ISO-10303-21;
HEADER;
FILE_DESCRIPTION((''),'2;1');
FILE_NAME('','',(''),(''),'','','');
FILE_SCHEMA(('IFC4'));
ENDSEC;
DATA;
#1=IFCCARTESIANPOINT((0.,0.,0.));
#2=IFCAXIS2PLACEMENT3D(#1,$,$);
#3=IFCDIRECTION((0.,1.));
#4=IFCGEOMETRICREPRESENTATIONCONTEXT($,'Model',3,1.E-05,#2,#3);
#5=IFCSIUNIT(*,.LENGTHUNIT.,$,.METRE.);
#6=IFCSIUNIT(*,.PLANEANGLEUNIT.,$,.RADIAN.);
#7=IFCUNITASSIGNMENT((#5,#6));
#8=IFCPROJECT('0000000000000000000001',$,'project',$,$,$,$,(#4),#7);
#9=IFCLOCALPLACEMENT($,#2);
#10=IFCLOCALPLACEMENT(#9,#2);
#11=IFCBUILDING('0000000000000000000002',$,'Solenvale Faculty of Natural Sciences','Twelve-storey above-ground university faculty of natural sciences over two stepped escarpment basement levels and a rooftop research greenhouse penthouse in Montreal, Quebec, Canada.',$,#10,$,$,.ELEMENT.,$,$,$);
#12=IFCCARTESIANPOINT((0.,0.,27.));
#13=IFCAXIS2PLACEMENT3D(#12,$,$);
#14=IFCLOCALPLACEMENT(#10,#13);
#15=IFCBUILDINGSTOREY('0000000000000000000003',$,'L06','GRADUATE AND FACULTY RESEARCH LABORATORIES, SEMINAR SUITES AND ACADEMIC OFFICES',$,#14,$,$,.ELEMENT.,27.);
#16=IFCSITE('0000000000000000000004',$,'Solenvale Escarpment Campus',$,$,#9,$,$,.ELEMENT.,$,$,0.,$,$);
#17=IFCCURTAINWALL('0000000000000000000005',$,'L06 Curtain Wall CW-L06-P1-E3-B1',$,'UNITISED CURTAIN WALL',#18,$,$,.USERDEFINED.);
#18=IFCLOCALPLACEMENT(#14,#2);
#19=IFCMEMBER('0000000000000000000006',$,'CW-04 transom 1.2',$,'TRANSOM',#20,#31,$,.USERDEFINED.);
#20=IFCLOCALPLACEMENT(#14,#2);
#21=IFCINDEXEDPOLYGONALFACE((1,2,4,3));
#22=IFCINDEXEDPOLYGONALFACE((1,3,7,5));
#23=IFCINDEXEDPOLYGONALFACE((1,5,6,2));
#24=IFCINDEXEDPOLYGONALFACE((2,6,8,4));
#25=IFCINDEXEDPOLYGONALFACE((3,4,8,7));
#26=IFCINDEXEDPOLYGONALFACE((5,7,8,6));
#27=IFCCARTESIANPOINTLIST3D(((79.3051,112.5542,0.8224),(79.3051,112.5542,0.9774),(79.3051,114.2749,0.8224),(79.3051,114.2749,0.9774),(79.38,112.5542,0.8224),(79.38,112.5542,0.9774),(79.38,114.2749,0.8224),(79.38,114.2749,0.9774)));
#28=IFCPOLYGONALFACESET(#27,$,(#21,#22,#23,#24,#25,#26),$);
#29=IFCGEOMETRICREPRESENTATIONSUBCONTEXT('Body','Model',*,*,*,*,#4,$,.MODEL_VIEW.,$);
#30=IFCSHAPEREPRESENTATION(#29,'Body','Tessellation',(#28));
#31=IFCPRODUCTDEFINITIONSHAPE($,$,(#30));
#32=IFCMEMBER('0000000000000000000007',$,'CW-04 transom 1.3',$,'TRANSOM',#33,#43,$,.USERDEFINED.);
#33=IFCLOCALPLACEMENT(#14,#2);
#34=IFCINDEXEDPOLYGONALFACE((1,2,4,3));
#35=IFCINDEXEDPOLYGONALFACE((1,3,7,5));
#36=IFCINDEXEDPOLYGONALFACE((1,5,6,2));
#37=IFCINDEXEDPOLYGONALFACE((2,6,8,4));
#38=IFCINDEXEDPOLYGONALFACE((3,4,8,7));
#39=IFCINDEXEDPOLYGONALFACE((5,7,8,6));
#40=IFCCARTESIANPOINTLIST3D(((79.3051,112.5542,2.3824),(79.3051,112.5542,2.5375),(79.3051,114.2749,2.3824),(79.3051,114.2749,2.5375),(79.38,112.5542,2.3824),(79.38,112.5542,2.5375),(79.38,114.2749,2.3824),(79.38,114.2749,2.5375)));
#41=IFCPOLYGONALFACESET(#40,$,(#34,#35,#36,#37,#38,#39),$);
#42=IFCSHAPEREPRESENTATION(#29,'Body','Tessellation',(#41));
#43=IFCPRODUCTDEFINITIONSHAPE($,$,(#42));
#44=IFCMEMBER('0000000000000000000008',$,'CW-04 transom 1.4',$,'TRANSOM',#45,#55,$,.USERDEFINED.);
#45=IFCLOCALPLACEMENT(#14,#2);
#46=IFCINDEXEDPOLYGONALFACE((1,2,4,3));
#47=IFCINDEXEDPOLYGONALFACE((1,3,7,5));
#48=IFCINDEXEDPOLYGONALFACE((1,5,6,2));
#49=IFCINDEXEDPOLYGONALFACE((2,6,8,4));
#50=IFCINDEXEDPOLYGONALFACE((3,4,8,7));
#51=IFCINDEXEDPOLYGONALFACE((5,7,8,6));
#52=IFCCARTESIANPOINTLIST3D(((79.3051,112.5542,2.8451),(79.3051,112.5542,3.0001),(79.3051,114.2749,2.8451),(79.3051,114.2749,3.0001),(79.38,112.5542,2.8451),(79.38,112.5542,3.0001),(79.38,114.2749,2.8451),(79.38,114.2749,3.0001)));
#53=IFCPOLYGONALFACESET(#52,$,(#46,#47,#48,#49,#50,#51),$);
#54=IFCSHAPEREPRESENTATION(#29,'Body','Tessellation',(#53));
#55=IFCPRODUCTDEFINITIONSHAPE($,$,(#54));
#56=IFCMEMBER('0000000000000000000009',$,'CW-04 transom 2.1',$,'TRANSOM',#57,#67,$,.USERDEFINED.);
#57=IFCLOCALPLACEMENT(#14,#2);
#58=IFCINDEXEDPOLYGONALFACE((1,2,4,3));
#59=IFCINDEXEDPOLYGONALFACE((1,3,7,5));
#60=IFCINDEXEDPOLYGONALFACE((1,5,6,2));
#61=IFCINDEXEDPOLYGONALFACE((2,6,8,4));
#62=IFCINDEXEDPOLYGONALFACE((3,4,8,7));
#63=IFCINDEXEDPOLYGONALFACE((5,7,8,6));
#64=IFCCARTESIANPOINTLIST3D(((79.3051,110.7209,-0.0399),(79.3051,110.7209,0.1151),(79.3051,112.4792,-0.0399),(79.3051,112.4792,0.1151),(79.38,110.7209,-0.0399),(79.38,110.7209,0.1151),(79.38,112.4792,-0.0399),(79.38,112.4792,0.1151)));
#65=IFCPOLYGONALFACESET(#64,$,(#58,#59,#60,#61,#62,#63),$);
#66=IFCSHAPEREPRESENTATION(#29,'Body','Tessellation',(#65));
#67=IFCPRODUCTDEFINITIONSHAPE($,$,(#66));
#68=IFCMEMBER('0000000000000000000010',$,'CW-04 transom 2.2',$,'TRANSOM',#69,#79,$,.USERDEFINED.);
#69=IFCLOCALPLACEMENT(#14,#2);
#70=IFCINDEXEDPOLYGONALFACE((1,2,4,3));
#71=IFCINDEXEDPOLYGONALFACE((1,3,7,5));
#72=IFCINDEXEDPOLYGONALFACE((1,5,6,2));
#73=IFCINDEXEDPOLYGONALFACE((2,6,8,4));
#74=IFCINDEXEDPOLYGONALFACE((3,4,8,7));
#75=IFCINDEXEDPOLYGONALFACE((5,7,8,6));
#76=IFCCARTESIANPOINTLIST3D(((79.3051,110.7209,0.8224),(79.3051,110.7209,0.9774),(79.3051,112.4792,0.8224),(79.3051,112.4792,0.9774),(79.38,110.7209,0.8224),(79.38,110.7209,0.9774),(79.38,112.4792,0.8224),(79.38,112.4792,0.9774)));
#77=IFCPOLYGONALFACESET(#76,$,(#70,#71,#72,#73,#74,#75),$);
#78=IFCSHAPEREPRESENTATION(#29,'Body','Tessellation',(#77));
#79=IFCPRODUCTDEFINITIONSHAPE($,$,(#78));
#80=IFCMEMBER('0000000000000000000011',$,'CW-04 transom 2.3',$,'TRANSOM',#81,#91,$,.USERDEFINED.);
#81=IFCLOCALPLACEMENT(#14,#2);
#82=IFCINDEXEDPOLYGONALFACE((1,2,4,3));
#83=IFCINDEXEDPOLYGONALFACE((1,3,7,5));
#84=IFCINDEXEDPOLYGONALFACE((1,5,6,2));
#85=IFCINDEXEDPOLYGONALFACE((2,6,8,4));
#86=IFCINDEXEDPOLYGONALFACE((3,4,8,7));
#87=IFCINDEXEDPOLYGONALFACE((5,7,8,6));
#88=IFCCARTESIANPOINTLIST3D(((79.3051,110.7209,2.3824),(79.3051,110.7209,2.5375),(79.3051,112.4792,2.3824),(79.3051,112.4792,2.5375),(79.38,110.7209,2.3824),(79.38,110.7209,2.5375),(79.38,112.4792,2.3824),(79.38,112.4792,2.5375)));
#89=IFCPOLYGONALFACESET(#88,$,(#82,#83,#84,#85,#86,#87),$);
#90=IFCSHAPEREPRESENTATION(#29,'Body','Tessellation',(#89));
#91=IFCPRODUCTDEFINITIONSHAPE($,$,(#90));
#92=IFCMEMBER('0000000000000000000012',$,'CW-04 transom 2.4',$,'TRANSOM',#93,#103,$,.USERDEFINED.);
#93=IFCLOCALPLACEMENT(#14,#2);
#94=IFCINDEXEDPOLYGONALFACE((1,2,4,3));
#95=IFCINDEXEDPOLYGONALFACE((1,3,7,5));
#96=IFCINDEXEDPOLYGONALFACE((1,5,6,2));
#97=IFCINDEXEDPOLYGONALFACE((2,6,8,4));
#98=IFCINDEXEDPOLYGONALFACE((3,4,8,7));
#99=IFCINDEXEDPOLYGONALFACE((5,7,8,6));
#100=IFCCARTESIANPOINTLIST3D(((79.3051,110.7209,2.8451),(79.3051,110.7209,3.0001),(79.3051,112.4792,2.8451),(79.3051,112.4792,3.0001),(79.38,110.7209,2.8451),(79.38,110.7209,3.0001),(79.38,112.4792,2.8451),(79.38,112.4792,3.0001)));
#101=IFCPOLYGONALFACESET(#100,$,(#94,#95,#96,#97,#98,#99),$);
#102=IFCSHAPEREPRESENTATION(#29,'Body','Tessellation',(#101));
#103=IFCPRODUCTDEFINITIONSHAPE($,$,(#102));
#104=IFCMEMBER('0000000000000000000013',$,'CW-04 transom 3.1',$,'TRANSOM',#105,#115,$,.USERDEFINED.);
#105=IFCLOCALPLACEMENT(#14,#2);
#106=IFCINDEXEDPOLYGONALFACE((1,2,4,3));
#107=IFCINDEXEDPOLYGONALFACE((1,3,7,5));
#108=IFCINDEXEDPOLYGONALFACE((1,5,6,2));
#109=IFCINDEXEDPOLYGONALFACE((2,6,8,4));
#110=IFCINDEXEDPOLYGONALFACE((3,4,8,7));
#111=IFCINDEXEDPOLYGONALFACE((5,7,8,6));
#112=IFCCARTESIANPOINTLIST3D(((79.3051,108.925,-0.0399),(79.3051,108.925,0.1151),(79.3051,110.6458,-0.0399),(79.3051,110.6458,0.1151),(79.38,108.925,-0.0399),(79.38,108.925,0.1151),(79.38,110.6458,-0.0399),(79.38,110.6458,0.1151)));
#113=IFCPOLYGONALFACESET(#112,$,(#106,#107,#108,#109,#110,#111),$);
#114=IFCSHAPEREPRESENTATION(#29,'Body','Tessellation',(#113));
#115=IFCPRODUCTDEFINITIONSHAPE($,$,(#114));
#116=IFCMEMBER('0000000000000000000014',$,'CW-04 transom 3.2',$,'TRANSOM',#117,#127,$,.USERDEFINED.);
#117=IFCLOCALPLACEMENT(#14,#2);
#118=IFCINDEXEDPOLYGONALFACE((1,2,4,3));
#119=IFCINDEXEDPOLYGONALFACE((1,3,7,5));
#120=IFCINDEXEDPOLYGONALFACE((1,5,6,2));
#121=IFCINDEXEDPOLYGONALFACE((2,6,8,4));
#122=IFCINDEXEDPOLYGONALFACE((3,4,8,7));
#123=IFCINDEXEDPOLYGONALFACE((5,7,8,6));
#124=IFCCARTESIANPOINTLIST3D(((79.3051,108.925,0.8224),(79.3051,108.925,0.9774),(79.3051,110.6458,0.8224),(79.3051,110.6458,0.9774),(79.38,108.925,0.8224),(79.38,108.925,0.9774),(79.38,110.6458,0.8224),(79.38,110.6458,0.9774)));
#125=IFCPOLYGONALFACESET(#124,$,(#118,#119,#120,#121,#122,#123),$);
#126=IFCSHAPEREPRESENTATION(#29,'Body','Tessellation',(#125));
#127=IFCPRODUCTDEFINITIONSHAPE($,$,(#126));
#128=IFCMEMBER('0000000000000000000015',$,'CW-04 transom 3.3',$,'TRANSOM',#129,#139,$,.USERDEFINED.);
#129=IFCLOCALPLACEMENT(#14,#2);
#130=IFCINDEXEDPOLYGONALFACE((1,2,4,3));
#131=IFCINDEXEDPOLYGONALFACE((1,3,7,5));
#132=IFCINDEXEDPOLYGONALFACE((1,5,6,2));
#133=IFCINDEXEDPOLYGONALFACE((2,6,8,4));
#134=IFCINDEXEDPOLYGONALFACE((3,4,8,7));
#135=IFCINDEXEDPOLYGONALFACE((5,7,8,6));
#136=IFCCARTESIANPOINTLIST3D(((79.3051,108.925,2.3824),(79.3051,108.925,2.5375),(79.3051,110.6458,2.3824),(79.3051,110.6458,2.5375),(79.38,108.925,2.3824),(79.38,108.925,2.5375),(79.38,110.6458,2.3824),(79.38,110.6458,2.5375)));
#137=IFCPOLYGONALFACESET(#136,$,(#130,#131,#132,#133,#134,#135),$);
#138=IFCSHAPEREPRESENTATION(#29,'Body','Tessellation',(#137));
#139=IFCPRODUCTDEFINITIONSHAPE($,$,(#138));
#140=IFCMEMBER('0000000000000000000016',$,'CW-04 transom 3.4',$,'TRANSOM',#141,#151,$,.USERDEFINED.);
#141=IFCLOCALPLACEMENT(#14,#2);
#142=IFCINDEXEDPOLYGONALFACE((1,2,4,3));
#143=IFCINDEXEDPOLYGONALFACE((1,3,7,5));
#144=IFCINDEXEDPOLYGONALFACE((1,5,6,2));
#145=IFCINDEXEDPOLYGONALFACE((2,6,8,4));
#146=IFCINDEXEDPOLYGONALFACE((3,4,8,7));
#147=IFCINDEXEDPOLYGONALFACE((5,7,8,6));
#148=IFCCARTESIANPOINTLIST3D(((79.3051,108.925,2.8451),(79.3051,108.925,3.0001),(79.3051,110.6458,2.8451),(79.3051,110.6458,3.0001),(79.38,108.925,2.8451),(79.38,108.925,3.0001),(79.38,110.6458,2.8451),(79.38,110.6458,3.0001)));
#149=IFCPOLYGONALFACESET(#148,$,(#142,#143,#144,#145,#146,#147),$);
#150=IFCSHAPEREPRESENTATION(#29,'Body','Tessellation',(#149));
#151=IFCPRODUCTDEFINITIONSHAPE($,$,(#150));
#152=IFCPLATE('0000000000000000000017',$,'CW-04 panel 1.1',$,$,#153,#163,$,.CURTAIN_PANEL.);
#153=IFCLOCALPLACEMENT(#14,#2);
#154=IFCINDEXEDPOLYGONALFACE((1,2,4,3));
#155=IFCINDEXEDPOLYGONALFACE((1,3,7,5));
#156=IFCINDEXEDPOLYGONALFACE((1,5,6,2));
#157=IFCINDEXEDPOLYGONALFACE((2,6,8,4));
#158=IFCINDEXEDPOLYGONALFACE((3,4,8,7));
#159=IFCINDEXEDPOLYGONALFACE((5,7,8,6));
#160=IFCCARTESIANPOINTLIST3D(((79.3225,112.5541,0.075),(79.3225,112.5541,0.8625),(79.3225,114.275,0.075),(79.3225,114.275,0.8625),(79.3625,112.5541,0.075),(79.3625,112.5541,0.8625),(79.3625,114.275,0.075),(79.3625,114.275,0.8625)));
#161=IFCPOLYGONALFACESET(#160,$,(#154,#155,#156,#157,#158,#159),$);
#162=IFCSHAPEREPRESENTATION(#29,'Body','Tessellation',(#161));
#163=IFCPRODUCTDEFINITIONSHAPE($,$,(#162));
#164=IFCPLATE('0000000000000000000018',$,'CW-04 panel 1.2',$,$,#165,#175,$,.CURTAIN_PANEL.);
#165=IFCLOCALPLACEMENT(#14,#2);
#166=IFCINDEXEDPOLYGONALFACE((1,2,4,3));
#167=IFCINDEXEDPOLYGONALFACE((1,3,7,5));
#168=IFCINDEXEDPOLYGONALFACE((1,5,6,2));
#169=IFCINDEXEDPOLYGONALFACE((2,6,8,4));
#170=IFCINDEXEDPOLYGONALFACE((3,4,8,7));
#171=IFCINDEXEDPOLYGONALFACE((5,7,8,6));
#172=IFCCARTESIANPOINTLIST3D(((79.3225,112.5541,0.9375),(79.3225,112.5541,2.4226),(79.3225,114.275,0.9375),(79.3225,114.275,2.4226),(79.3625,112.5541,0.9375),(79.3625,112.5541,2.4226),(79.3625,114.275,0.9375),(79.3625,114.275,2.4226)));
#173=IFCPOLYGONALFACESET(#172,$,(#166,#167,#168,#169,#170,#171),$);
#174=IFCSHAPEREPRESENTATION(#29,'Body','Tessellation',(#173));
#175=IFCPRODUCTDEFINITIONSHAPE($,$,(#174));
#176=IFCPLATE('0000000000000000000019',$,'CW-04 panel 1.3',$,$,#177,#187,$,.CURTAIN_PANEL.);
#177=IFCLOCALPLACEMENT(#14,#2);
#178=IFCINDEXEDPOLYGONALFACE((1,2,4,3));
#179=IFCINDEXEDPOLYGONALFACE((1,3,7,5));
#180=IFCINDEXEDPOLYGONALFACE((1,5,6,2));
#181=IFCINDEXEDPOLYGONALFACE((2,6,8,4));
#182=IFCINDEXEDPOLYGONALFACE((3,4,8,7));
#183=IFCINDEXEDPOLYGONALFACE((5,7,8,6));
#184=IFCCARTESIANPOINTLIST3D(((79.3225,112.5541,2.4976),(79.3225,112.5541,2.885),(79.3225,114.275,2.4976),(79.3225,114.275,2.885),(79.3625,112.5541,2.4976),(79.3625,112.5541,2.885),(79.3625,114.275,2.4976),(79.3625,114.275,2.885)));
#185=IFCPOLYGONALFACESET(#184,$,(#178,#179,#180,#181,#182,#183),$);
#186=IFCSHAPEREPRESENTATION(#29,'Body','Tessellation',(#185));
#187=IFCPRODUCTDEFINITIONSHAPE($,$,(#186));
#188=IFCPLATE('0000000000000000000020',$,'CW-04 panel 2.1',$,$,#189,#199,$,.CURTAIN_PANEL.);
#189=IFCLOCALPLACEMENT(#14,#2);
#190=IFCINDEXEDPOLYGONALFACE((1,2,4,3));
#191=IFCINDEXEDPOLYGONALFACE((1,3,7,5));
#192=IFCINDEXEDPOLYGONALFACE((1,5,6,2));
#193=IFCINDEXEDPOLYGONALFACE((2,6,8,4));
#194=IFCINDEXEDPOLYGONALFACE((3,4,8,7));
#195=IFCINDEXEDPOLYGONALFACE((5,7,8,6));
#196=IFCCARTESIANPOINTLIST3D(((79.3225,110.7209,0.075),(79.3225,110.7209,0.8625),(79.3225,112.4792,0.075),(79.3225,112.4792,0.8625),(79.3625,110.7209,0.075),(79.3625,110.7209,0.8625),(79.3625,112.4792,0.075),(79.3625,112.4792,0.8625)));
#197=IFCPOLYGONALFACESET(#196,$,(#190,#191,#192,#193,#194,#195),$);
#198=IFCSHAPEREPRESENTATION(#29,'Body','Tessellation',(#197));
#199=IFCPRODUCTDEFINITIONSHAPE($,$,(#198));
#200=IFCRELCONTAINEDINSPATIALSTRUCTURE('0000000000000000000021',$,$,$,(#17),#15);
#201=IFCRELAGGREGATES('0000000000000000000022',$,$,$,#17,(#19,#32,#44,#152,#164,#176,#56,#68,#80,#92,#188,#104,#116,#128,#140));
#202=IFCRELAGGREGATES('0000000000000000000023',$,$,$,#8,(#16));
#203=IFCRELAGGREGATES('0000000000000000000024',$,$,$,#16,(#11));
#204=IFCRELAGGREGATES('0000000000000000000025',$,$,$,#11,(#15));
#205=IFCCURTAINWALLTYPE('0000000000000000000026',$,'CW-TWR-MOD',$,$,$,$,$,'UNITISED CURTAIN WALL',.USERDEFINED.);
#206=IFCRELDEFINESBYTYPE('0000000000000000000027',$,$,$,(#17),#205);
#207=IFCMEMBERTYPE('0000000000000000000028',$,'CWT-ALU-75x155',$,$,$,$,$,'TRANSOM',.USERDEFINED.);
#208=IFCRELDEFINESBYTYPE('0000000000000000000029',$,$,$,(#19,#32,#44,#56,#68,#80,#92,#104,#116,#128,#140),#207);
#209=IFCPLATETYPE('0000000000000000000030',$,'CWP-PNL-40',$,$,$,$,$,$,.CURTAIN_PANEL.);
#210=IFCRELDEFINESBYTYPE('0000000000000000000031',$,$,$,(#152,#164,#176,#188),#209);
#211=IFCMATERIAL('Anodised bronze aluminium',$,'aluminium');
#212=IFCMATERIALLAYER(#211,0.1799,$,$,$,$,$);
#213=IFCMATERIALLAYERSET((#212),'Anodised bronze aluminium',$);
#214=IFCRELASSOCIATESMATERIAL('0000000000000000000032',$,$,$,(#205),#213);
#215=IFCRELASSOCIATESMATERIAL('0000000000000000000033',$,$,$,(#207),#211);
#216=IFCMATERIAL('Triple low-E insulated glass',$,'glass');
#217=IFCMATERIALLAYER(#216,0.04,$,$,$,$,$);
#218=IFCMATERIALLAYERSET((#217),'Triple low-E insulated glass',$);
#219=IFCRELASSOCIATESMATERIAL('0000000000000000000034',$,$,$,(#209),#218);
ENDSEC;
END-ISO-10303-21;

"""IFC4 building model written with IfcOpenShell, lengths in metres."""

from ifc_helpers import new_model, si_unit, direction, frame, origin, origin_2d, place, context, subcontext, project, spatial, rectangle, extrude, material, layer, layer_set, material_profile, profile_set, type_object, element, aggregate, save


model = new_model("IFC4")

# Units and contexts
model_context = context("Model", 3, precision=1e-05, world=origin(), true_north=direction((0.0, 1.0)))
body_context = subcontext(model_context, "Body", "Model", "MODEL_VIEW")
ifc_project = project(units=[si_unit("LENGTHUNIT", "METRE"), si_unit("PLANEANGLEUNIT", "RADIAN")], contexts=[model_context])

# Site, building, storey
site_placement = place(None, origin())
site = spatial("IfcSite", under=ifc_project, at=site_placement, Name="Solenvale Escarpment Campus", CompositionType="ELEMENT", RefElevation=0.0)
building_placement = place(site_placement, origin())
building = spatial("IfcBuilding", under=site, at=building_placement, Name="Solenvale Faculty of Natural Sciences", Description="Twelve-storey above-ground university faculty of natural sciences over two stepped escarpment basement levels and a rooftop research greenhouse penthouse in Montreal, Quebec, Canada.", CompositionType="ELEMENT")
storey_placement = place(building_placement, frame((0.0, 0.0, 27.0)))
storey = spatial("IfcBuildingStorey", under=building, at=storey_placement, Name="L06", Description="GRADUATE AND FACULTY RESEARCH LABORATORIES, SEMINAR SUITES AND ACADEMIC OFFICES", CompositionType="ELEMENT", Elevation=27.0)

# Curtain wall, members, plates
ifc_material_1 = material(Name="Anodised bronze aluminium", Category="aluminium")
ifc_layer_1 = layer(ifc_material_1, 0.1799)
ifc_layer_set_1 = layer_set([ifc_layer_1], Name="Anodised bronze aluminium")
curtain_wall_type = type_object("IfcCurtainWallType", Name="CW-TWR-MOD", ElementType="UNITISED CURTAIN WALL", PredefinedType="USERDEFINED", material=ifc_layer_set_1)
curtain_wall_placement = place(storey_placement, origin())
curtain_wall = element("IfcCurtainWall", 1, at=curtain_wall_placement, inside=storey, type_object=curtain_wall_type, Name="L06 Curtain Wall CW-L06-P1-E3-B1", ObjectType="UNITISED CURTAIN WALL", PredefinedType="USERDEFINED")
ifc_material_profile_1 = material_profile(ifc_material_1, rectangle(XDim=0.075, YDim=0.155, at=origin_2d()), Name="ALU-TRN-75x155")
ifc_profile_set_1 = profile_set([ifc_material_profile_1], Name="Anodised bronze aluminium")
member_type_1 = type_object("IfcMemberType", Name="CWT-ALU-75x155", ElementType="TRANSOM", PredefinedType="USERDEFINED", material=ifc_profile_set_1)
member_1_placement = place(storey_placement, frame((79.3425, 114.2749, 0.8999), z_axis=(0.0, -1.0, 0.0), x_axis=(1.0, 0.0, 0.0)))
member_1 = element("IfcMember", 2, at=member_1_placement, type_object=member_type_1, Name="CW-04 transom 1.2", ObjectType="TRANSOM", PredefinedType="USERDEFINED", context=body_context, shape_type="SweptSolid", body=[
    extrude(rectangle(XDim=0.075, YDim=0.155, at=origin_2d()), origin(), (0.0, 0.0, 1.0), 1.7207),
])
member_2_placement = place(storey_placement, frame((79.3425, 114.2749, 2.46), z_axis=(0.0, -1.0, 0.0), x_axis=(1.0, 0.0, 0.0)))
member_2 = element("IfcMember", 3, at=member_2_placement, type_object=member_type_1, Name="CW-04 transom 1.3", ObjectType="TRANSOM", PredefinedType="USERDEFINED", context=body_context, shape_type="SweptSolid", body=[
    extrude(rectangle(XDim=0.075, YDim=0.155, at=origin_2d()), origin(), (0.0, 0.0, 1.0), 1.7207),
])
member_3_placement = place(storey_placement, frame((79.3425, 114.2749, 2.9226), z_axis=(0.0, -1.0, 0.0), x_axis=(1.0, 0.0, 0.0)))
member_3 = element("IfcMember", 4, at=member_3_placement, type_object=member_type_1, Name="CW-04 transom 1.4", ObjectType="TRANSOM", PredefinedType="USERDEFINED", context=body_context, shape_type="SweptSolid", body=[
    extrude(rectangle(XDim=0.075, YDim=0.155, at=origin_2d()), origin(), (0.0, 0.0, 1.0), 1.7207),
])
member_4_placement = place(storey_placement, frame((79.3425, 112.4792, 0.0376), z_axis=(0.0, -1.0, 0.0), x_axis=(1.0, 0.0, 0.0)))
member_4 = element("IfcMember", 5, at=member_4_placement, type_object=member_type_1, Name="CW-04 transom 2.1", ObjectType="TRANSOM", PredefinedType="USERDEFINED", context=body_context, shape_type="SweptSolid", body=[
    extrude(rectangle(XDim=0.075, YDim=0.155, at=origin_2d()), origin(), (0.0, 0.0, 1.0), 1.7583),
])
member_5_placement = place(storey_placement, frame((79.3425, 112.4792, 0.8999), z_axis=(0.0, -1.0, 0.0), x_axis=(1.0, 0.0, 0.0)))
member_5 = element("IfcMember", 6, at=member_5_placement, type_object=member_type_1, Name="CW-04 transom 2.2", ObjectType="TRANSOM", PredefinedType="USERDEFINED", context=body_context, shape_type="SweptSolid", body=[
    extrude(rectangle(XDim=0.075, YDim=0.155, at=origin_2d()), origin(), (0.0, 0.0, 1.0), 1.7583),
])
member_6_placement = place(storey_placement, frame((79.3425, 112.4792, 2.46), z_axis=(0.0, -1.0, 0.0), x_axis=(1.0, 0.0, 0.0)))
member_6 = element("IfcMember", 7, at=member_6_placement, type_object=member_type_1, Name="CW-04 transom 2.3", ObjectType="TRANSOM", PredefinedType="USERDEFINED", context=body_context, shape_type="SweptSolid", body=[
    extrude(rectangle(XDim=0.075, YDim=0.155, at=origin_2d()), origin(), (0.0, 0.0, 1.0), 1.7583),
])
member_7_placement = place(storey_placement, frame((79.3425, 112.4792, 2.9226), z_axis=(0.0, -1.0, 0.0), x_axis=(1.0, 0.0, 0.0)))
member_7 = element("IfcMember", 8, at=member_7_placement, type_object=member_type_1, Name="CW-04 transom 2.4", ObjectType="TRANSOM", PredefinedType="USERDEFINED", context=body_context, shape_type="SweptSolid", body=[
    extrude(rectangle(XDim=0.075, YDim=0.155, at=origin_2d()), origin(), (0.0, 0.0, 1.0), 1.7583),
])
member_8_placement = place(storey_placement, frame((79.3425, 110.6458, 0.0376), z_axis=(0.0, -1.0, 0.0), x_axis=(1.0, 0.0, 0.0)))
member_8 = element("IfcMember", 9, at=member_8_placement, type_object=member_type_1, Name="CW-04 transom 3.1", ObjectType="TRANSOM", PredefinedType="USERDEFINED", context=body_context, shape_type="SweptSolid", body=[
    extrude(rectangle(XDim=0.075, YDim=0.155, at=origin_2d()), origin(), (0.0, 0.0, 1.0), 1.7207),
])
member_9_placement = place(storey_placement, frame((79.3425, 110.6458, 0.8999), z_axis=(0.0, -1.0, 0.0), x_axis=(1.0, 0.0, 0.0)))
member_9 = element("IfcMember", 10, at=member_9_placement, type_object=member_type_1, Name="CW-04 transom 3.2", ObjectType="TRANSOM", PredefinedType="USERDEFINED", context=body_context, shape_type="SweptSolid", body=[
    extrude(rectangle(XDim=0.075, YDim=0.155, at=origin_2d()), origin(), (0.0, 0.0, 1.0), 1.7207),
])
member_10_placement = place(storey_placement, frame((79.3425, 110.6458, 2.46), z_axis=(0.0, -1.0, 0.0), x_axis=(1.0, 0.0, 0.0)))
member_10 = element("IfcMember", 11, at=member_10_placement, type_object=member_type_1, Name="CW-04 transom 3.3", ObjectType="TRANSOM", PredefinedType="USERDEFINED", context=body_context, shape_type="SweptSolid", body=[
    extrude(rectangle(XDim=0.075, YDim=0.155, at=origin_2d()), origin(), (0.0, 0.0, 1.0), 1.7207),
])
member_11_placement = place(storey_placement, frame((79.3425, 110.6458, 2.9226), z_axis=(0.0, -1.0, 0.0), x_axis=(1.0, 0.0, 0.0)))
member_11 = element("IfcMember", 12, at=member_11_placement, type_object=member_type_1, Name="CW-04 transom 3.4", ObjectType="TRANSOM", PredefinedType="USERDEFINED", context=body_context, shape_type="SweptSolid", body=[
    extrude(rectangle(XDim=0.075, YDim=0.155, at=origin_2d()), origin(), (0.0, 0.0, 1.0), 1.7207),
])
ifc_material_2 = material(Name="Triple low-E insulated glass", Category="glass")
ifc_layer_2 = layer(ifc_material_2, 0.04)
ifc_layer_set_2 = layer_set([ifc_layer_2], Name="Triple low-E insulated glass")
plate_type = type_object("IfcPlateType", Name="CWP-PNL-40", PredefinedType="CURTAIN_PANEL", material=ifc_layer_set_2)
plate_1_placement = place(storey_placement, frame((79.3425, 113.4146, 0.075), z_axis=(0.0, 0.0, 1.0), x_axis=(0.0, -1.0, 0.0)))
plate_1 = element("IfcPlate", 13, at=plate_1_placement, type_object=plate_type, Name="CW-04 panel 1.1", PredefinedType="CURTAIN_PANEL", context=body_context, shape_type="SweptSolid", body=[
    extrude(rectangle(XDim=1.7209, YDim=0.04, at=origin_2d()), origin(), (0.0, 0.0, 1.0), 0.7876),
])
plate_2_placement = place(storey_placement, frame((79.3425, 113.4146, 0.9375), z_axis=(0.0, 0.0, 1.0), x_axis=(0.0, -1.0, 0.0)))
plate_2 = element("IfcPlate", 14, at=plate_2_placement, type_object=plate_type, Name="CW-04 panel 1.2", PredefinedType="CURTAIN_PANEL", context=body_context, shape_type="SweptSolid", body=[
    extrude(rectangle(XDim=1.7209, YDim=0.04, at=origin_2d()), origin(), (0.0, 0.0, 1.0), 1.4851),
])
plate_3_placement = place(storey_placement, frame((79.3425, 113.4146, 2.4976), z_axis=(0.0, 0.0, 1.0), x_axis=(0.0, -1.0, 0.0)))
plate_3 = element("IfcPlate", 15, at=plate_3_placement, type_object=plate_type, Name="CW-04 panel 1.3", PredefinedType="CURTAIN_PANEL", context=body_context, shape_type="SweptSolid", body=[
    extrude(rectangle(XDim=1.7209, YDim=0.04, at=origin_2d()), origin(), (0.0, 0.0, 1.0), 0.3875),
])
plate_4_placement = place(storey_placement, frame((79.3425, 111.6001, 0.075), z_axis=(0.0, 0.0, 1.0), x_axis=(0.0, -1.0, 0.0)))
plate_4 = element("IfcPlate", 16, at=plate_4_placement, type_object=plate_type, Name="CW-04 panel 2.1", PredefinedType="CURTAIN_PANEL", context=body_context, shape_type="SweptSolid", body=[
    extrude(rectangle(XDim=1.7583, YDim=0.04, at=origin_2d()), origin(), (0.0, 0.0, 1.0), 0.7876),
])
aggregate(curtain_wall, [member_1, member_2, member_3, plate_1, plate_2, plate_3, member_4, member_5, member_6, member_7, plate_4, member_8, member_9, member_10, member_11])

save(model, "model.ifc")
